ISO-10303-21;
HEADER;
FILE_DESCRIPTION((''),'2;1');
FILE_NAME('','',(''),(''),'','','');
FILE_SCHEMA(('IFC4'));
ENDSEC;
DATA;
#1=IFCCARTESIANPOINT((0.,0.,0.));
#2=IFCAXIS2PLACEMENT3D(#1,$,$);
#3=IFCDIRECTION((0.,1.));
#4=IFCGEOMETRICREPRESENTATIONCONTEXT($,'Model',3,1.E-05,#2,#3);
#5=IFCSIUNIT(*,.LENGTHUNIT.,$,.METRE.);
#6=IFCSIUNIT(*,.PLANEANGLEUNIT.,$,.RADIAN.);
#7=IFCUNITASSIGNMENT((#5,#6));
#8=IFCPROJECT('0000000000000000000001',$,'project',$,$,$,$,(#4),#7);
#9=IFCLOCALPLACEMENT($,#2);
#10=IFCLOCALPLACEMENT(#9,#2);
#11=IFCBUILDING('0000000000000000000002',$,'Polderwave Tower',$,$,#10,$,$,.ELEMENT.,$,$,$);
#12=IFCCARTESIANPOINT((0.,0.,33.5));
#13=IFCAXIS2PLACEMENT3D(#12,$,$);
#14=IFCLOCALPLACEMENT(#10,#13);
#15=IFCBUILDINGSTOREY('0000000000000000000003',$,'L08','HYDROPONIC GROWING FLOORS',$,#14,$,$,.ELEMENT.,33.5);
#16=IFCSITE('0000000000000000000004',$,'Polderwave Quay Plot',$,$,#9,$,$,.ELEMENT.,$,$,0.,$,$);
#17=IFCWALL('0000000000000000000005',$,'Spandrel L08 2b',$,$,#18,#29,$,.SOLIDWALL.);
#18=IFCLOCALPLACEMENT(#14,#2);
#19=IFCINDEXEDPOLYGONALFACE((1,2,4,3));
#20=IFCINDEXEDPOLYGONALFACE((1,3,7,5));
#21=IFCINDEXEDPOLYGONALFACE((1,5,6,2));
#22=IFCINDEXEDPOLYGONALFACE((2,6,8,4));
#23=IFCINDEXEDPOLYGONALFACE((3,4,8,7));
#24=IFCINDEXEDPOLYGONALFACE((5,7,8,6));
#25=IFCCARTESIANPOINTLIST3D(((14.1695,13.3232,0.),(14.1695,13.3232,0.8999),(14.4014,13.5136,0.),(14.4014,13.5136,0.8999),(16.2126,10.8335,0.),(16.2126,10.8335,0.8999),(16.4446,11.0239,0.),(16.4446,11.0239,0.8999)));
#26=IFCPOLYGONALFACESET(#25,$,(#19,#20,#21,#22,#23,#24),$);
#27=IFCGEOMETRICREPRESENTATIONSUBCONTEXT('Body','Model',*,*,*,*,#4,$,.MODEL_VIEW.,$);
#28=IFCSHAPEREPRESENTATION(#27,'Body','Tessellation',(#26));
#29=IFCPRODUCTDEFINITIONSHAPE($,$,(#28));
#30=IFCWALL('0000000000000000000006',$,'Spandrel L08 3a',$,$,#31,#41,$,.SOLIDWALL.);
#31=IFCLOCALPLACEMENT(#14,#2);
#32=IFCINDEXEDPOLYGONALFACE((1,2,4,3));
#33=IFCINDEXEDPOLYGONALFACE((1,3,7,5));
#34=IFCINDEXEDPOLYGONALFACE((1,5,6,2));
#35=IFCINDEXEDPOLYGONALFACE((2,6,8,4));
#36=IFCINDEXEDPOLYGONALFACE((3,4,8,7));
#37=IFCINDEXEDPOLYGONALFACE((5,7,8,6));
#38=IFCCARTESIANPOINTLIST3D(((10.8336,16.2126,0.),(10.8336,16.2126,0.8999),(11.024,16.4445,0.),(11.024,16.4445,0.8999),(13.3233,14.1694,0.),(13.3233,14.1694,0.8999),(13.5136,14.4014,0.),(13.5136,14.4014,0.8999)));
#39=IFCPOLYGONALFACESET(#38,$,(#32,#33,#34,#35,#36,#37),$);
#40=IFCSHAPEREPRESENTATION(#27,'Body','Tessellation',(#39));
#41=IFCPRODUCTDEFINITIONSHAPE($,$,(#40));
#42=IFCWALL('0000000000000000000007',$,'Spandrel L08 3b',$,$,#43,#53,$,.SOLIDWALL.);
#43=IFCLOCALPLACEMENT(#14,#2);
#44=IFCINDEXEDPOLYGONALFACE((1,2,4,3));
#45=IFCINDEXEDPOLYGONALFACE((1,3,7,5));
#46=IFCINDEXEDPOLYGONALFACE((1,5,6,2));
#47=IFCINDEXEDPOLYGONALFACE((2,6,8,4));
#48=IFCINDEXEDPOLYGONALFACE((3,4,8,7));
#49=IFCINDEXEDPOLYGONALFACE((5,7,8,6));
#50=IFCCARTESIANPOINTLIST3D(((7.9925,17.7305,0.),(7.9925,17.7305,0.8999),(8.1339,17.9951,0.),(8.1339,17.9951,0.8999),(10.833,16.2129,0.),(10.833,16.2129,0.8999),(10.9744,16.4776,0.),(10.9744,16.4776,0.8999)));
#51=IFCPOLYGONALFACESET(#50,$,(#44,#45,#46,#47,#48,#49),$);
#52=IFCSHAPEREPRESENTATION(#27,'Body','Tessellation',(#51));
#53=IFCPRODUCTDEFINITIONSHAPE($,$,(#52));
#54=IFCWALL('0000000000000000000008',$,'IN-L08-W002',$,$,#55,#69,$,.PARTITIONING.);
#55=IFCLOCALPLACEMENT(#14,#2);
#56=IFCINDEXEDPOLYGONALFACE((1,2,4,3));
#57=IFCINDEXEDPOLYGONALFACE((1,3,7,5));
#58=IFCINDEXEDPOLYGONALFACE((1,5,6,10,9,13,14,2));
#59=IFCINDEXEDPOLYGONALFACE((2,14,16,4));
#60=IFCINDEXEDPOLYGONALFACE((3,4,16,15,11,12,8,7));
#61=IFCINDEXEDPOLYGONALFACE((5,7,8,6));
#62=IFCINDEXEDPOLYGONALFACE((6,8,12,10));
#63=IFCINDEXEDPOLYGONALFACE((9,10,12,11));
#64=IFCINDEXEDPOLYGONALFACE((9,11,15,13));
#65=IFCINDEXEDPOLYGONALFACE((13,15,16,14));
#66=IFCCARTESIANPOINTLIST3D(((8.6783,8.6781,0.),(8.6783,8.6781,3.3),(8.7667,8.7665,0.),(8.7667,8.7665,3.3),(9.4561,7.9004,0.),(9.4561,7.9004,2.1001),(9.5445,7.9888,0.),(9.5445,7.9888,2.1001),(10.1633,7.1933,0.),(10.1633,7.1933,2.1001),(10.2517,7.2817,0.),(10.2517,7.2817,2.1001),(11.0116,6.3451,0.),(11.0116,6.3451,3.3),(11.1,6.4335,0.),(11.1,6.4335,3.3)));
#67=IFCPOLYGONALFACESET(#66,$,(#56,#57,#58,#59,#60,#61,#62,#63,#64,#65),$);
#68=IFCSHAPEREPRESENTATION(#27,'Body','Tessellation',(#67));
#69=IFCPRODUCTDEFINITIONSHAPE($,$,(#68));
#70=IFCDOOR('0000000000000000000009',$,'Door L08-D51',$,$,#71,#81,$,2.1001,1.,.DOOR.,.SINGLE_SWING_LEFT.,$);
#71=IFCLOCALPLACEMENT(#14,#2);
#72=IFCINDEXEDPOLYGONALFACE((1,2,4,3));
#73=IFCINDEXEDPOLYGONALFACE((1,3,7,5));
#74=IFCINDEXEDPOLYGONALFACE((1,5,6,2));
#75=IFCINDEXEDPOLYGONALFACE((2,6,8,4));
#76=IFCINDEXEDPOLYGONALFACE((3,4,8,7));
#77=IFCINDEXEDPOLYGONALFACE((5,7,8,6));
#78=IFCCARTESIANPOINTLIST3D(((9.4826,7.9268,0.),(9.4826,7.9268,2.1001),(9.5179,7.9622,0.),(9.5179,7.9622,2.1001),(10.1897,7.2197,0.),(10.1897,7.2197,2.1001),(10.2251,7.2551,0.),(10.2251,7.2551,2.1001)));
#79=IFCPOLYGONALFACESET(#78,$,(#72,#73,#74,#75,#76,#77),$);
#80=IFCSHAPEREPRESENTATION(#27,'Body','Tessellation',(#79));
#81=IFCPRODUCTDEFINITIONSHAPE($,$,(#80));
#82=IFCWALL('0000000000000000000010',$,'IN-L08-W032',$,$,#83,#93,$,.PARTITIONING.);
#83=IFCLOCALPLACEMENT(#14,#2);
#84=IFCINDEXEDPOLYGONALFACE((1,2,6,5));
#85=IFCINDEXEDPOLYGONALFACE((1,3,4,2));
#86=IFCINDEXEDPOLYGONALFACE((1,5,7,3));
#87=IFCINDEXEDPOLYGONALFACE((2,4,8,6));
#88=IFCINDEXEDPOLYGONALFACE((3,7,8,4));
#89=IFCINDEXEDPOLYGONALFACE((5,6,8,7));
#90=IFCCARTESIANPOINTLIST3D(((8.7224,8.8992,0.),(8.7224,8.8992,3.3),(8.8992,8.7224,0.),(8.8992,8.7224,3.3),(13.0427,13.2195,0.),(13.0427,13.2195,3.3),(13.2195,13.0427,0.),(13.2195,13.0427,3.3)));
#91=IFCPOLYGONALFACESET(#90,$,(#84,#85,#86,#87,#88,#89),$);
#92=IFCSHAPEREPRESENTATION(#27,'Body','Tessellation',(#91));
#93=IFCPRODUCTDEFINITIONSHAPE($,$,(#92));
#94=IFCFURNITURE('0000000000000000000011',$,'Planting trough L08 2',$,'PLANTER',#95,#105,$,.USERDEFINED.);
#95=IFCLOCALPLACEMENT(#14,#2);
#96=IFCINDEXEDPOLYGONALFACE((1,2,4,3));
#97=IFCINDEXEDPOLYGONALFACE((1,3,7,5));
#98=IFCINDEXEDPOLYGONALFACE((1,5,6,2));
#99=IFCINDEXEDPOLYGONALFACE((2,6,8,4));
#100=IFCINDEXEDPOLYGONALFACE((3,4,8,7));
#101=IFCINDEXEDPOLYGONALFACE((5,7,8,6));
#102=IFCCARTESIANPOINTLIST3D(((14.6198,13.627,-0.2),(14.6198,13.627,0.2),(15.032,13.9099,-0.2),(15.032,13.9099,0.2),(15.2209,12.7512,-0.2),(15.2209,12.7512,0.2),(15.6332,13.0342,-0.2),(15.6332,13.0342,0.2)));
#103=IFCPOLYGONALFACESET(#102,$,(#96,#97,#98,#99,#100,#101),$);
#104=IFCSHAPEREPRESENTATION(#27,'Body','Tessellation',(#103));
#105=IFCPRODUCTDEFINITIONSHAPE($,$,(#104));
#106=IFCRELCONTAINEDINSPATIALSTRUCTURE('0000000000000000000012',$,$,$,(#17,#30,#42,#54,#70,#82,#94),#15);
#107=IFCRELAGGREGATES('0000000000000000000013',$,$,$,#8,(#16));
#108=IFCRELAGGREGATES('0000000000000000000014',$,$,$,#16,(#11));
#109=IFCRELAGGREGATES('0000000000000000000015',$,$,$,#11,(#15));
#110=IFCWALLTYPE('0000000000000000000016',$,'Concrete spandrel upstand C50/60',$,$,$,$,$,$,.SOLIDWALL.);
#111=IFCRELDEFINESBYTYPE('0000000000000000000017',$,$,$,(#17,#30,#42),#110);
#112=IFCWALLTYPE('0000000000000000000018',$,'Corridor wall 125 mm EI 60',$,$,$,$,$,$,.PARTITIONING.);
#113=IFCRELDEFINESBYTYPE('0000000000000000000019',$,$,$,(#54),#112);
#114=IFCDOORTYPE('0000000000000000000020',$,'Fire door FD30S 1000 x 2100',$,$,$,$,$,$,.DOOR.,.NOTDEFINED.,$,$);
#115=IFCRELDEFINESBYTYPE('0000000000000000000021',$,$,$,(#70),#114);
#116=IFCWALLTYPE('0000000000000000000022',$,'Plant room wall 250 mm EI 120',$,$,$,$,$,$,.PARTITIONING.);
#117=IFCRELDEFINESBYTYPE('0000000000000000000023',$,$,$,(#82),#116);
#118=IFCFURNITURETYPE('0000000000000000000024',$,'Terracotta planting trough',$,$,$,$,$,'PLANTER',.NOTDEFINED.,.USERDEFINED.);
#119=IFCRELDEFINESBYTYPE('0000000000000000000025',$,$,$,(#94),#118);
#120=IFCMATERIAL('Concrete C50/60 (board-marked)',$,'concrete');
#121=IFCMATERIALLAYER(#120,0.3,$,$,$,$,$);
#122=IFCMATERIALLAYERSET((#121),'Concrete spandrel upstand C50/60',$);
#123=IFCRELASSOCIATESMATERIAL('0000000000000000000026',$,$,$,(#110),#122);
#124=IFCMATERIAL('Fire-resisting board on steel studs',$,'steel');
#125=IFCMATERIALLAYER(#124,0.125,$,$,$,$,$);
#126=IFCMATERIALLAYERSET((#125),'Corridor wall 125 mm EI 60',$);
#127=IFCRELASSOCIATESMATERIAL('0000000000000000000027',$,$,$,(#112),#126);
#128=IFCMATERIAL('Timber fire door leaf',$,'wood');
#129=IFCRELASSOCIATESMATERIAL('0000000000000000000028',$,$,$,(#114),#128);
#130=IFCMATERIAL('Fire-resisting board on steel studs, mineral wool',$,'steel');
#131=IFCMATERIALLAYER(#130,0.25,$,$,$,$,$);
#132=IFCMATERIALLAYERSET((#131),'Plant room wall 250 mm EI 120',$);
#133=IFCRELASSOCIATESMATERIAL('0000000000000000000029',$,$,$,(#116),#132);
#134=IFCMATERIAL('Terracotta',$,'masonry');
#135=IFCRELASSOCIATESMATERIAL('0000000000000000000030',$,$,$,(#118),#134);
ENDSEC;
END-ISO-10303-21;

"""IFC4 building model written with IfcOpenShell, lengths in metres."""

from ifc_helpers import new_model, si_unit, direction, frame, frame_2d, origin, origin_2d, place, context, subcontext, project, spatial, rectangle, extrude, material, layer, layer_set, type_object, element, fill, save


model = new_model("IFC4")

# Units and contexts
model_context = context("Model", 3, precision=1e-05, world=origin(), true_north=direction((0.0, 1.0)))
body_context = subcontext(model_context, "Body", "Model", "MODEL_VIEW")
ifc_project = project(units=[si_unit("LENGTHUNIT", "METRE"), si_unit("PLANEANGLEUNIT", "RADIAN")], contexts=[model_context])

# Site, building, storey
site_placement = place(None, origin())
site = spatial("IfcSite", under=ifc_project, at=site_placement, Name="Polderwave Quay Plot", CompositionType="ELEMENT", RefElevation=0.0)
building_placement = place(site_placement, origin())
building = spatial("IfcBuilding", under=site, at=building_placement, Name="Polderwave Tower", CompositionType="ELEMENT")
storey_placement = place(building_placement, frame((0.0, 0.0, 33.5)))
storey = spatial("IfcBuildingStorey", under=building, at=storey_placement, Name="L08", Description="HYDROPONIC GROWING FLOORS", CompositionType="ELEMENT", Elevation=33.5)

# Walls
ifc_material_1 = material(Name="Concrete C50/60 (board-marked)", Category="concrete")
ifc_layer_1 = layer(ifc_material_1, 0.3)
ifc_layer_set_1 = layer_set([ifc_layer_1], Name="Concrete spandrel upstand C50/60")
wall_type_1 = type_object("IfcWallType", Name="Concrete spandrel upstand C50/60", PredefinedType="SOLIDWALL", material=ifc_layer_set_1)
for number, where, z_axis, x_axis, name in (
    (1, (16.3286, 10.9287, 0.0), (0.0, 0.0, 1.0), (-0.63438, 0.773021, 0.0), "Spandrel L08 2b"),
    (2, (13.4185, 14.2854, 0.0), (0.0, 0.0, 1.0), (-0.773021, 0.63438, 0.0), "Spandrel L08 3a"),
):
    element("IfcWall", number, at=place(storey_placement, frame(where, z_axis=z_axis, x_axis=x_axis)), inside=storey, type_object=wall_type_1, Name=name, PredefinedType="SOLIDWALL", context=body_context, shape_type="SweptSolid", body=[
        extrude(rectangle(XDim=3.2207, YDim=0.3, at=frame_2d((1.6104, 0.0))), origin(), (0.0, 0.0, 1.0), 0.8999),
    ])
wall_1_placement = place(storey_placement, frame((10.9038, 16.3452, 0.0), z_axis=(0.0, 0.0, 1.0), x_axis=(-0.882017, 0.471218, 0.0)))
element("IfcWall", 3, at=wall_1_placement, inside=storey, type_object=wall_type_1, Name="Spandrel L08 3b", PredefinedType="SOLIDWALL", context=body_context, shape_type="SweptSolid", body=[
    extrude(rectangle(XDim=3.2205, YDim=0.3, at=frame_2d((1.6104, 0.0))), origin(), (0.0, 0.0, 1.0), 0.8999),
])

# Wall, opening, door
ifc_material_2 = material(Name="Fire-resisting board on steel studs", Category="steel")
ifc_layer_2 = layer(ifc_material_2, 0.125)
ifc_layer_set_2 = layer_set([ifc_layer_2], Name="Corridor wall 125 mm EI 60")
wall_type_2 = type_object("IfcWallType", Name="Corridor wall 125 mm EI 60", PredefinedType="PARTITIONING", material=ifc_layer_set_2)
wall_2_placement = place(storey_placement, frame((8.7224, 8.7224, 0.0), z_axis=(0.0, 0.0, 1.0), x_axis=(0.707144, -0.70707, 0.0)))
wall_2 = element("IfcWall", 4, at=wall_2_placement, inside=storey, type_object=wall_type_2, Name="IN-L08-W002", PredefinedType="PARTITIONING", context=body_context, shape_type="SweptSolid", body=[
    extrude(rectangle(XDim=3.2996, YDim=0.125, at=frame_2d((1.6499, 0.0))), origin(), (0.0, 0.0, 1.0), 3.3),
])
opening_placement = place(wall_2_placement, frame((1.1001, 0.0, 0.0)))
opening = element("IfcOpeningElement", 5, at=opening_placement, cuts=wall_2, PredefinedType="OPENING", context=body_context, shape_type="SweptSolid", body=[
    extrude(rectangle(XDim=1.0, YDim=2.1001, at=frame_2d((0.5, 1.05))), frame((0.0, 0.0725, 0.0), z_axis=(0.0, -1.0, 0.0), x_axis=(1.0, 0.0, 0.0)), (0.0, 0.0, 1.0), 0.145),
])
ifc_material_3 = material(Name="Timber fire door leaf", Category="wood")
door_type = type_object("IfcDoorType", Name="Fire door FD30S 1000 x 2100", OperationType="NOTDEFINED", PredefinedType="DOOR", material=ifc_material_3)
door_placement = place(opening_placement, origin())
door = element("IfcDoor", 6, at=door_placement, inside=storey, type_object=door_type, Name="Door L08-D51", OperationType="SINGLE_SWING_LEFT", OverallHeight=2.1001, OverallWidth=1.0, PredefinedType="DOOR", context=body_context, shape_type="SweptSolid", body=[
    extrude(rectangle(XDim=1.0, YDim=2.1001, at=frame_2d((0.5, 1.05))), frame((0.0, 0.0249, 0.0), z_axis=(0.0, -1.0, 0.0), x_axis=(1.0, 0.0, 0.0)), (0.0, 0.0, 1.0), 0.05),
])
fill(opening, door)

# Wall
ifc_material_4 = material(Name="Fire-resisting board on steel studs, mineral wool", Category="steel")
ifc_layer_3 = layer(ifc_material_4, 0.25)
ifc_layer_set_3 = layer_set([ifc_layer_3], Name="Plant room wall 250 mm EI 120")
wall_type_3 = type_object("IfcWallType", Name="Plant room wall 250 mm EI 120", PredefinedType="PARTITIONING", material=ifc_layer_set_3)
wall_3_placement = place(storey_placement, frame((13.1311, 13.1311, 0.0), z_axis=(0.0, 0.0, 1.0), x_axis=(-0.707107, -0.707107, 0.0)))
element("IfcWall", 7, at=wall_3_placement, inside=storey, type_object=wall_type_3, Name="IN-L08-W032", PredefinedType="PARTITIONING", context=body_context, shape_type="SweptSolid", body=[
    extrude(rectangle(XDim=6.1099, YDim=0.25, at=frame_2d((3.0549, 0.0))), origin(), (0.0, 0.0, 1.0), 3.3),
])

# Furniture
ifc_material_5 = material(Name="Terracotta", Category="masonry")
furniture_type = type_object("IfcFurnitureType", Name="Terracotta planting trough", ElementType="PLANTER", AssemblyPlace="NOTDEFINED", PredefinedType="USERDEFINED", material=ifc_material_5)
furniture_placement = place(storey_placement, frame((15.1265, 13.3306, -0.2), z_axis=(0.0, 0.0, 1.0), x_axis=(-0.565955, 0.824436, 0.0)))
element("IfcFurniture", 8, at=furniture_placement, inside=storey, type_object=furniture_type, Name="Planting trough L08 2", ObjectType="PLANTER", PredefinedType="USERDEFINED", context=body_context, shape_type="SweptSolid", body=[
    extrude(rectangle(XDim=1.0623, YDim=0.5, at=origin_2d()), origin(), (0.0, 0.0, 1.0), 0.3999),
])

save(model, "model.ifc")
